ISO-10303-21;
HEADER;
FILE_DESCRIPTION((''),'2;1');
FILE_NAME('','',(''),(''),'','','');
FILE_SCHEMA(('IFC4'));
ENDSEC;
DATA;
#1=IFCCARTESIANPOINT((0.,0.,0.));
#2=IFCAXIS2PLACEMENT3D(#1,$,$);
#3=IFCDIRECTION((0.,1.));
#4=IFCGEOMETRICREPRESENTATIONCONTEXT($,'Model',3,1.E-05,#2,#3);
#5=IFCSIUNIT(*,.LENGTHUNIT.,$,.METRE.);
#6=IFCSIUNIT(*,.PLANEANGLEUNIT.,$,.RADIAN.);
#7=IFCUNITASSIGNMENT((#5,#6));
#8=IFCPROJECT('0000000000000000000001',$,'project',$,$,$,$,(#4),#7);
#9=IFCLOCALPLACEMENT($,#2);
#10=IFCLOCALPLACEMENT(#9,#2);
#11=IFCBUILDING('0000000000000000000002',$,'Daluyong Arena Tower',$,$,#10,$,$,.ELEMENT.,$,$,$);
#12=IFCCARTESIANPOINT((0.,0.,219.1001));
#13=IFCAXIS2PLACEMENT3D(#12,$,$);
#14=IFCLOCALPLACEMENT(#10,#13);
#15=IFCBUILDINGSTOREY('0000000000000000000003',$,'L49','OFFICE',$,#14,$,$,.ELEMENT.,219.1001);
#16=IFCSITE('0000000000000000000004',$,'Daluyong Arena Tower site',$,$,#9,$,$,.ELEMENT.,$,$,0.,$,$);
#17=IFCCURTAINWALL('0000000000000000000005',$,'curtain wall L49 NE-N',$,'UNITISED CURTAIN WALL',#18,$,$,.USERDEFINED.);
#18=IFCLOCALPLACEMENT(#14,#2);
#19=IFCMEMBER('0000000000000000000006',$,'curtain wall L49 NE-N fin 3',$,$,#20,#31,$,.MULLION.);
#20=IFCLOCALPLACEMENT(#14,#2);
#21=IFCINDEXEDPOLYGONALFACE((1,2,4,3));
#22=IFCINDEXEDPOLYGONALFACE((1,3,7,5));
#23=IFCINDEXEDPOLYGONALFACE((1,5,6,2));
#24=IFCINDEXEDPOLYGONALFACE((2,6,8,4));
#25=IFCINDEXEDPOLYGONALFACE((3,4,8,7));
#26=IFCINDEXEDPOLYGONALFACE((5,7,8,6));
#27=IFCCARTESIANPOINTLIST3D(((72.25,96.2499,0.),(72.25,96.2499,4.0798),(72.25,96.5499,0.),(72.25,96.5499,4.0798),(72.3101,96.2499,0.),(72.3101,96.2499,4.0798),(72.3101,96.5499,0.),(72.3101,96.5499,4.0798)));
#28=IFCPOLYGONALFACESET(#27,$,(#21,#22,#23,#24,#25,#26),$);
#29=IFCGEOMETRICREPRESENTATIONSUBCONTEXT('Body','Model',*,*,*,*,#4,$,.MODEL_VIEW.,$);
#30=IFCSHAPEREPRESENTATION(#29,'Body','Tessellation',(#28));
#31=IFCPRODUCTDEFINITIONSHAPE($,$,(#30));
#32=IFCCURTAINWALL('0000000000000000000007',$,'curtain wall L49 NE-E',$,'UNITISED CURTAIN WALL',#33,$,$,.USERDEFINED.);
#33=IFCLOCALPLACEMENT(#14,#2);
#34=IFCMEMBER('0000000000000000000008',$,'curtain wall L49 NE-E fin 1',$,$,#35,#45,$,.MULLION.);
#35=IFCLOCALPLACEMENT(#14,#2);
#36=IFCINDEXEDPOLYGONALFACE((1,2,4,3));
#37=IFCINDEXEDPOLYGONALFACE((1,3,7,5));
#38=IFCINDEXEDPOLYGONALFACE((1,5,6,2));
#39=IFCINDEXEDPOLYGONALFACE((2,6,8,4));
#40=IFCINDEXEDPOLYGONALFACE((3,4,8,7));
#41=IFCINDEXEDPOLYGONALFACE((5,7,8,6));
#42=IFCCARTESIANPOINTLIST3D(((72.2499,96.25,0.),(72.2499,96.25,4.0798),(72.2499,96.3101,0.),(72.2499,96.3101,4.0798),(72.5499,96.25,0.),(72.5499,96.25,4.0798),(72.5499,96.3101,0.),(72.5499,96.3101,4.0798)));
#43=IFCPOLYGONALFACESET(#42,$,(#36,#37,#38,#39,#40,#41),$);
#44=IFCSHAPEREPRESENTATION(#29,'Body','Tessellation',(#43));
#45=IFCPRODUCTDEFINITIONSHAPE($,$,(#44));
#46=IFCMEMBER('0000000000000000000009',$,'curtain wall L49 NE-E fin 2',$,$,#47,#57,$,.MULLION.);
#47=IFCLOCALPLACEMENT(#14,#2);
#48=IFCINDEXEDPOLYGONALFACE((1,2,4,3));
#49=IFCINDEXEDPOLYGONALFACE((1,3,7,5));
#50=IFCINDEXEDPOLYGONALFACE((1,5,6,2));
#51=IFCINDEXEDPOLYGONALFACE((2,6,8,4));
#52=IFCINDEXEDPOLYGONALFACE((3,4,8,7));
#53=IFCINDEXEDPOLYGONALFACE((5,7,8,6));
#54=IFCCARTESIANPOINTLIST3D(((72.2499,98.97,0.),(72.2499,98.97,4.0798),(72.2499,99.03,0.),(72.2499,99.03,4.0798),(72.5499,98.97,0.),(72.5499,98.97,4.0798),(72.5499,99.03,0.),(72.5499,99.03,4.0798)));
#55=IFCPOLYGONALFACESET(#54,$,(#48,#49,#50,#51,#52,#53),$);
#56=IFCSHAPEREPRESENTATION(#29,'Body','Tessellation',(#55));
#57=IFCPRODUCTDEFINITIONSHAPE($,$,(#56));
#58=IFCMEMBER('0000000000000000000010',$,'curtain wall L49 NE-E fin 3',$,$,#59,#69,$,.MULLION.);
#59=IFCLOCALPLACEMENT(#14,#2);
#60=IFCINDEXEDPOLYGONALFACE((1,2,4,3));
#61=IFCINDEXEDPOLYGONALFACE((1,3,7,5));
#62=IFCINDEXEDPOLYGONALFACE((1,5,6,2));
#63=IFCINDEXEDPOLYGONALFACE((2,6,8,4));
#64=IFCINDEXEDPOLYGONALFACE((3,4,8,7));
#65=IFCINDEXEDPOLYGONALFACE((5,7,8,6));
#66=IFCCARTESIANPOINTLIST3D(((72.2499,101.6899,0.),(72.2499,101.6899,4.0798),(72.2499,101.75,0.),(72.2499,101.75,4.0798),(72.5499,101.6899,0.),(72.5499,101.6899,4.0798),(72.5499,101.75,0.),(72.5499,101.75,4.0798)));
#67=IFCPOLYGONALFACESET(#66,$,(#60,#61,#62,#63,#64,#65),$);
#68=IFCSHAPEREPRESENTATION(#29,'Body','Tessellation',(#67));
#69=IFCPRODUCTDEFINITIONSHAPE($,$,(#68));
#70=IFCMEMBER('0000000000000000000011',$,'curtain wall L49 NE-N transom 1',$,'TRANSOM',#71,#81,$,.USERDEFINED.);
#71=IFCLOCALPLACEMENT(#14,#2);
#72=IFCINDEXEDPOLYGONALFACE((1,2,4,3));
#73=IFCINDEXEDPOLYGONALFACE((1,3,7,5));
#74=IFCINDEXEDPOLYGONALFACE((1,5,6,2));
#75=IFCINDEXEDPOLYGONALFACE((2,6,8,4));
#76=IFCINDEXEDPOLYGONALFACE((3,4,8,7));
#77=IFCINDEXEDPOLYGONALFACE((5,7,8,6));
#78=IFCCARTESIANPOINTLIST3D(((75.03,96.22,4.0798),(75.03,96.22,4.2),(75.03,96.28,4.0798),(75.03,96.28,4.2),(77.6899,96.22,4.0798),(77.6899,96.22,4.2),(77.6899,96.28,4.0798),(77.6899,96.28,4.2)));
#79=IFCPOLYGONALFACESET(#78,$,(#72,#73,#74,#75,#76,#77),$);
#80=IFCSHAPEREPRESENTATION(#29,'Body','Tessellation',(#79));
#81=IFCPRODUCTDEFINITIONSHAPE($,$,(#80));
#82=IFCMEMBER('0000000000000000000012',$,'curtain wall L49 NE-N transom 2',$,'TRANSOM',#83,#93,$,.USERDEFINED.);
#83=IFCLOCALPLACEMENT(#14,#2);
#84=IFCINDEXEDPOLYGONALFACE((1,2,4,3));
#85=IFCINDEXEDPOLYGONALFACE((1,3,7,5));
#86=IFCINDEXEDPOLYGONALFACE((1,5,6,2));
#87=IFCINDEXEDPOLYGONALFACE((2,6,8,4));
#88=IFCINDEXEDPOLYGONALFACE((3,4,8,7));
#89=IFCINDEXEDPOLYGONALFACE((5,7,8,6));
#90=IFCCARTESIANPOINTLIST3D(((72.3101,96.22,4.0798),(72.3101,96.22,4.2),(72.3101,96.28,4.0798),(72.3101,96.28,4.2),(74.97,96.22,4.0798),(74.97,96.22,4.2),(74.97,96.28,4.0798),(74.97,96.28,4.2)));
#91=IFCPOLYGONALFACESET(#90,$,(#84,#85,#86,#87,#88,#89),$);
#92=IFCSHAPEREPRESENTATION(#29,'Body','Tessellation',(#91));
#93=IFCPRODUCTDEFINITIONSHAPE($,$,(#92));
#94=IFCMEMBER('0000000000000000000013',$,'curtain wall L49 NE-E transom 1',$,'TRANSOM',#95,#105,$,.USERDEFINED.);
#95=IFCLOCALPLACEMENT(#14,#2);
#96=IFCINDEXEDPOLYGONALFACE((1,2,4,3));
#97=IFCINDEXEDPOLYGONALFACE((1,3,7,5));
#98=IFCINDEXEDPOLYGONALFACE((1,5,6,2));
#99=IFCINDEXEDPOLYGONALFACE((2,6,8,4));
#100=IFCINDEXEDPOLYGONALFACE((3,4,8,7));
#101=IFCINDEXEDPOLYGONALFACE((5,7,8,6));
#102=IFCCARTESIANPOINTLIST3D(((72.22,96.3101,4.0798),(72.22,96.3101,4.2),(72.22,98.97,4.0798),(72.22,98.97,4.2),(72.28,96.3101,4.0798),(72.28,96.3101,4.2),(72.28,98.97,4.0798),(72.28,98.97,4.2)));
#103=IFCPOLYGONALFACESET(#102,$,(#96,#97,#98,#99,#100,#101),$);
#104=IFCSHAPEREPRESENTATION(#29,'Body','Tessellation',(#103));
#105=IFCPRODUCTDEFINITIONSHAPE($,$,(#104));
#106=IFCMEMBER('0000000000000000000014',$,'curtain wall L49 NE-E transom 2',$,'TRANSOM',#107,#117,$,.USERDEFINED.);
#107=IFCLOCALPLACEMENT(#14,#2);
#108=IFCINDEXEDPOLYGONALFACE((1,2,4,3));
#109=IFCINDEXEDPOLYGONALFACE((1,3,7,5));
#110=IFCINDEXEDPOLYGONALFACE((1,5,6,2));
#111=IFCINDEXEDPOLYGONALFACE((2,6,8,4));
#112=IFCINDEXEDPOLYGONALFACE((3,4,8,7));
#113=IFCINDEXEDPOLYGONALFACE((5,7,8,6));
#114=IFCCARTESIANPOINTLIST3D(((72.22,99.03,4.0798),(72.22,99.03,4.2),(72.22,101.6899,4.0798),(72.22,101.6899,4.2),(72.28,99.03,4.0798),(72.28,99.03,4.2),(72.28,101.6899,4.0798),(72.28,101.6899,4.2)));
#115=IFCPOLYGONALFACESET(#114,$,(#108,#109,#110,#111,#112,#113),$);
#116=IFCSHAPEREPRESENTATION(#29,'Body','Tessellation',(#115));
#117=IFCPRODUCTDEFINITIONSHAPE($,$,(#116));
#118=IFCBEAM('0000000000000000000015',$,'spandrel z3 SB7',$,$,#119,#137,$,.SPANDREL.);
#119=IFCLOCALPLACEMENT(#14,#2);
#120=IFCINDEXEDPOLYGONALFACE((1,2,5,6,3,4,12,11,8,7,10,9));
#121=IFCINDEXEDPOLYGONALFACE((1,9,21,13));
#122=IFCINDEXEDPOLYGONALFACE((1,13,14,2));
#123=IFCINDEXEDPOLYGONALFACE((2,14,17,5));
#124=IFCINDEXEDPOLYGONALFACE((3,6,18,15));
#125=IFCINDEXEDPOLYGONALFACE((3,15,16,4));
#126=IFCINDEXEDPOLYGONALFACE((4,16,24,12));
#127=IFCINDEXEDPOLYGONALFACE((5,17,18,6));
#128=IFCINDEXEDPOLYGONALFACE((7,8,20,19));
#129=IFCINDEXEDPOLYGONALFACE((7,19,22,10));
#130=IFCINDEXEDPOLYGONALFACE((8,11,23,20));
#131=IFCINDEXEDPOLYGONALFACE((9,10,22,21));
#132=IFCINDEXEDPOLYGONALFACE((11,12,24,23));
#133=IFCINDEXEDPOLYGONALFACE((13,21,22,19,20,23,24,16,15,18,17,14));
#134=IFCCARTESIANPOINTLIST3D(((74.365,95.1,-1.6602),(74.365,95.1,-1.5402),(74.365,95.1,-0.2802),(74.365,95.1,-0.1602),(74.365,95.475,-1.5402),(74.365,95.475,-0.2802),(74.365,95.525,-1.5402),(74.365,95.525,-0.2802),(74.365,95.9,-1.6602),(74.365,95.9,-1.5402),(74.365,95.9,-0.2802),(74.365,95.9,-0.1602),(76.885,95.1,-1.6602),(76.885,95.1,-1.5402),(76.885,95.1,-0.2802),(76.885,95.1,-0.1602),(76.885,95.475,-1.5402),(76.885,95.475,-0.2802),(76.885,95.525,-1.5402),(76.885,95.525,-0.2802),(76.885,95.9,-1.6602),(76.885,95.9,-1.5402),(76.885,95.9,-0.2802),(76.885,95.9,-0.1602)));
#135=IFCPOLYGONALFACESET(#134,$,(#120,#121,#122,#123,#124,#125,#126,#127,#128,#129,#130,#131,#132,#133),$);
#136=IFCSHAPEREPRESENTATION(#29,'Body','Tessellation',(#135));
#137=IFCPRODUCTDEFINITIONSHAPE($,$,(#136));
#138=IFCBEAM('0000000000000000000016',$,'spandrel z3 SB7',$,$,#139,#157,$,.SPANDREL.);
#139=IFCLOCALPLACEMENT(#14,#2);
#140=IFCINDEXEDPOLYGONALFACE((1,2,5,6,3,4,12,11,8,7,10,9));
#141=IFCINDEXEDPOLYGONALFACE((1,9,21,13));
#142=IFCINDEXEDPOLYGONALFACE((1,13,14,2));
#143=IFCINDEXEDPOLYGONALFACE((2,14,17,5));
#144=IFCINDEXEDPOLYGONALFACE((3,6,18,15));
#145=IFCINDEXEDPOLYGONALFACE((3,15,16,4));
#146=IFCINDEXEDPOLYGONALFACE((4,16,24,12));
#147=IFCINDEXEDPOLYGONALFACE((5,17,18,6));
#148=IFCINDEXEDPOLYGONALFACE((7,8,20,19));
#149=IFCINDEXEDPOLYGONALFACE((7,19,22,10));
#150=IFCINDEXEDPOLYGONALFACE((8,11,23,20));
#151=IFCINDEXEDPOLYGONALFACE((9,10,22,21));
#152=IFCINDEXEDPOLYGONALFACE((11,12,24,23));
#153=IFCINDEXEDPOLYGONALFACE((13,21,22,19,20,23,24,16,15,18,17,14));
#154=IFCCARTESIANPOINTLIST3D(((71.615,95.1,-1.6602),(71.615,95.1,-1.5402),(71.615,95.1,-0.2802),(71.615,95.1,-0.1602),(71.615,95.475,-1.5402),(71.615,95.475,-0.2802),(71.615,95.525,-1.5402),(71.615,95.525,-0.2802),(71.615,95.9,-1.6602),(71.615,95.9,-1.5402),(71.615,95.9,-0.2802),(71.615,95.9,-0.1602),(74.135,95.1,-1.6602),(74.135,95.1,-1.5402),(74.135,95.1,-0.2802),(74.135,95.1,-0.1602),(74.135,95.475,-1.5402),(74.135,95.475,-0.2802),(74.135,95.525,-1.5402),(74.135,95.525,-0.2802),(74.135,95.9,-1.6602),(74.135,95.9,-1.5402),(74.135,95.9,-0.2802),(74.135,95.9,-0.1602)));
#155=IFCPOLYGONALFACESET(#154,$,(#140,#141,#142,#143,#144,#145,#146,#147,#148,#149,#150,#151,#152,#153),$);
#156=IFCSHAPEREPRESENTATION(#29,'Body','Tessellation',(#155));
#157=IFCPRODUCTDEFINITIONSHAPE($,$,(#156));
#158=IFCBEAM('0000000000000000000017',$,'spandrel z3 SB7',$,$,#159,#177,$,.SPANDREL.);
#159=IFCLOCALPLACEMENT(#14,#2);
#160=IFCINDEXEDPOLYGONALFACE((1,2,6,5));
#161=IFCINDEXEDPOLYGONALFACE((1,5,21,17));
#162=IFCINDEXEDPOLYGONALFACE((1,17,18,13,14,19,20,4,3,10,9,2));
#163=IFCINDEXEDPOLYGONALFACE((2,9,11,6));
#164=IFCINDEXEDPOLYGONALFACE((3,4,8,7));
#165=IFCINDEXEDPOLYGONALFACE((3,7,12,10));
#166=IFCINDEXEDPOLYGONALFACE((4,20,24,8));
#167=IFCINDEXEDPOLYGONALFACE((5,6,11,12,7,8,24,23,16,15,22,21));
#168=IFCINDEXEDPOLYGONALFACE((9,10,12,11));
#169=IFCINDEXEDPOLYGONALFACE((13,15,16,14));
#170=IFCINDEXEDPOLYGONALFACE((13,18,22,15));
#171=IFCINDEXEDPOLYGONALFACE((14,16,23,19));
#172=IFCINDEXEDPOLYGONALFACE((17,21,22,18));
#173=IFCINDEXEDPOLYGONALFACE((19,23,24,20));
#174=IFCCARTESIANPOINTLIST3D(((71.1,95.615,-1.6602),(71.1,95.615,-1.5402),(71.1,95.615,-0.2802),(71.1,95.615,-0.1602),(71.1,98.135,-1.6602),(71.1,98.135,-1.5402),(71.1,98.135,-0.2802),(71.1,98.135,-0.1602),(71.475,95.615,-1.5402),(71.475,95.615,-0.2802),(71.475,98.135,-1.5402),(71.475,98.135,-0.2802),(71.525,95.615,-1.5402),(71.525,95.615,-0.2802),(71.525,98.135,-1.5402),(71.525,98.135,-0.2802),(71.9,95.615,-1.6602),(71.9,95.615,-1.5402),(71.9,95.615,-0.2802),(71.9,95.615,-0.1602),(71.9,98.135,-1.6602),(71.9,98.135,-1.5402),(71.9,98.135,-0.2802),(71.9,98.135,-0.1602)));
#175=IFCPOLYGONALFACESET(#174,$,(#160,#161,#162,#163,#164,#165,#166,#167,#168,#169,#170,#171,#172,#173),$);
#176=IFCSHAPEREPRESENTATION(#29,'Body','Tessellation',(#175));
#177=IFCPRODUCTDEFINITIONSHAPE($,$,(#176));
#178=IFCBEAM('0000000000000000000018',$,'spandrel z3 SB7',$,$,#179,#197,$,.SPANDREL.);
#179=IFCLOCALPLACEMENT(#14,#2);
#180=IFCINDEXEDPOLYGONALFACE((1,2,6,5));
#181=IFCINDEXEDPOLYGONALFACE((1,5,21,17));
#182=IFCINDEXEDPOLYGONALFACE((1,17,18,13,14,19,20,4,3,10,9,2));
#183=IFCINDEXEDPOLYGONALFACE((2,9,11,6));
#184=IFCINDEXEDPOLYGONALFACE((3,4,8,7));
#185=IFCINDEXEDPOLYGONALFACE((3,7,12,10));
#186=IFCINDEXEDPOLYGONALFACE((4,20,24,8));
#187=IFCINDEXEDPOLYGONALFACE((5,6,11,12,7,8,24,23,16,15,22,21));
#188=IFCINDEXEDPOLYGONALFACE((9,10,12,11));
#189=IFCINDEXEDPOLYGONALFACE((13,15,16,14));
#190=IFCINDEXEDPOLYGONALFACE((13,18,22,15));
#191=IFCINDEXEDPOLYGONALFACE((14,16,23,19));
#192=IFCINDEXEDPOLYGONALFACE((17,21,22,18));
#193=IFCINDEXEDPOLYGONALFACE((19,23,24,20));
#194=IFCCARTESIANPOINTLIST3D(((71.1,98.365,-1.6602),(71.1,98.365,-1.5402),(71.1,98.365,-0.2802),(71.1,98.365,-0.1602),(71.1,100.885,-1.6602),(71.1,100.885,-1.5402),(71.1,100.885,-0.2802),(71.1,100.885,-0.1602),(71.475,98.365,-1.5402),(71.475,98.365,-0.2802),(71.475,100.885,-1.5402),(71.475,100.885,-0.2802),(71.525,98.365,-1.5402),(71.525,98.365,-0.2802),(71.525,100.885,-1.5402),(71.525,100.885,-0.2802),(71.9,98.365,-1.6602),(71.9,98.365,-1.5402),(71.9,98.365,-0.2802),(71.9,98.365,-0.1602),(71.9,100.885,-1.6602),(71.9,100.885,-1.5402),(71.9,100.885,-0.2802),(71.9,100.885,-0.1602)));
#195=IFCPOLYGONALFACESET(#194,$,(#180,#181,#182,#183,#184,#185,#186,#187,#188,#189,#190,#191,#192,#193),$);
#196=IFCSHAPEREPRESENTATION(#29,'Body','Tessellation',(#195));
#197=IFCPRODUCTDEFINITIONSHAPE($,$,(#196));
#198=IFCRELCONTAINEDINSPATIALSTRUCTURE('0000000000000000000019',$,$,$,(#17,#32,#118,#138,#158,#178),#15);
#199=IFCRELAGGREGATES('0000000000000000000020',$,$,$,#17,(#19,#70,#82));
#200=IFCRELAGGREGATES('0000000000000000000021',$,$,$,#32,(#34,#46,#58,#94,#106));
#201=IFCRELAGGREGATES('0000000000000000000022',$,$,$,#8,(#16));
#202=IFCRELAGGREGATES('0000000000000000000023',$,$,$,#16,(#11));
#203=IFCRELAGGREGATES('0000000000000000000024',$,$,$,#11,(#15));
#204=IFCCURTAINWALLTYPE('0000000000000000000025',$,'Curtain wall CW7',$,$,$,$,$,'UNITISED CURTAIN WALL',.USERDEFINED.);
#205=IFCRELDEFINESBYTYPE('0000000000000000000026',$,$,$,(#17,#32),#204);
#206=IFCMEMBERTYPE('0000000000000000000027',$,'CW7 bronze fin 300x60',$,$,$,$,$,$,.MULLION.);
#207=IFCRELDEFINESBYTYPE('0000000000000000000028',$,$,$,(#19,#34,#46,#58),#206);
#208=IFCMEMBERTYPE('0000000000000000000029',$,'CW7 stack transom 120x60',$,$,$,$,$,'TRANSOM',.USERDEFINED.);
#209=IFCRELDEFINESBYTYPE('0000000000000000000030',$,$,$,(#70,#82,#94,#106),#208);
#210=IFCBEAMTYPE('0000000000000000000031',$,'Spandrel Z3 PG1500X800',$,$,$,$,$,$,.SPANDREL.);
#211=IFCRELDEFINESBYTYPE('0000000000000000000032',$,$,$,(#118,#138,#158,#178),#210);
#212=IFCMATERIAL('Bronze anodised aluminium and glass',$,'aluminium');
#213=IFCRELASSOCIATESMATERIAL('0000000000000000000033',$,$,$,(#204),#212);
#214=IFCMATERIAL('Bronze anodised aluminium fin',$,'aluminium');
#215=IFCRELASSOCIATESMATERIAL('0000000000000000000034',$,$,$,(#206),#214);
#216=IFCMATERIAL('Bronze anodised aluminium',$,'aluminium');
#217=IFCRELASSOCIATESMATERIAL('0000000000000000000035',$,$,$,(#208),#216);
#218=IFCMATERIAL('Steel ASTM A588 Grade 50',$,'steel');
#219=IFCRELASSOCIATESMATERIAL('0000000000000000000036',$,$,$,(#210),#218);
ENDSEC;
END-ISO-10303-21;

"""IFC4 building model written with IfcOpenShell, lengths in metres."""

from ifc_helpers import new_model, si_unit, direction, frame, origin, origin_2d, place, context, subcontext, project, spatial, rectangle, i_section, extrude, material, material_profile, profile_set, type_object, element, aggregate, save


model = new_model("IFC4")

# Units and contexts
model_context = context("Model", 3, precision=1e-05, world=origin(), true_north=direction((0.0, 1.0)))
body_context = subcontext(model_context, "Body", "Model", "MODEL_VIEW")
ifc_project = project(units=[si_unit("LENGTHUNIT", "METRE"), si_unit("PLANEANGLEUNIT", "RADIAN")], contexts=[model_context])

# Site, building, storey
site_placement = place(None, origin())
site = spatial("IfcSite", under=ifc_project, at=site_placement, Name="Daluyong Arena Tower site", CompositionType="ELEMENT", RefElevation=0.0)
building_placement = place(site_placement, origin())
building = spatial("IfcBuilding", under=site, at=building_placement, Name="Daluyong Arena Tower", CompositionType="ELEMENT")
storey_placement = place(building_placement, frame((0.0, 0.0, 219.1001)))
storey = spatial("IfcBuildingStorey", under=building, at=storey_placement, Name="L49", Description="OFFICE", CompositionType="ELEMENT", Elevation=219.1001)

# Curtain walls, members
ifc_material_1 = material(Name="Bronze anodised aluminium and glass", Category="aluminium")
curtain_wall_type_1 = type_object("IfcCurtainWallType", Name="Curtain wall CW7", ElementType="UNITISED CURTAIN WALL", PredefinedType="USERDEFINED", material=ifc_material_1)
curtain_wall_1_placement = place(storey_placement, origin())
curtain_wall_1 = element("IfcCurtainWall", 1, at=curtain_wall_1_placement, inside=storey, type_object=curtain_wall_type_1, Name="curtain wall L49 NE-N", ObjectType="UNITISED CURTAIN WALL", PredefinedType="USERDEFINED")
ifc_material_2 = material(Name="Bronze anodised aluminium fin", Category="aluminium")
ifc_material_profile_1 = material_profile(ifc_material_2, rectangle(XDim=0.3, YDim=0.0601, at=origin_2d()))
ifc_profile_set_1 = profile_set([ifc_material_profile_1], Name="Bronze anodised aluminium fin")
member_type_1 = type_object("IfcMemberType", Name="CW7 bronze fin 300x60", PredefinedType="MULLION", material=ifc_profile_set_1)
member_1_placement = place(storey_placement, frame((72.28, 96.3999, 0.0), z_axis=(0.0, 0.0, 1.0), x_axis=(0.0, -1.0, 0.0)))
member_1 = element("IfcMember", 2, at=member_1_placement, type_object=member_type_1, Name="curtain wall L49 NE-N fin 3", PredefinedType="MULLION", context=body_context, shape_type="SweptSolid", body=[
    extrude(rectangle(XDim=0.3, YDim=0.0601, at=origin_2d()), origin(), (0.0, 0.0, 1.0), 4.0798),
])
curtain_wall_2_placement = place(storey_placement, origin())
curtain_wall_2 = element("IfcCurtainWall", 3, at=curtain_wall_2_placement, inside=storey, type_object=curtain_wall_type_1, Name="curtain wall L49 NE-E", ObjectType="UNITISED CURTAIN WALL", PredefinedType="USERDEFINED")
member_2_placement = place(storey_placement, frame((72.3999, 96.28, 0.0), z_axis=(0.0, 0.0, 1.0), x_axis=(-1.0, 0.0, 0.0)))
member_2 = element("IfcMember", 4, at=member_2_placement, type_object=member_type_1, Name="curtain wall L49 NE-E fin 1", PredefinedType="MULLION", context=body_context, shape_type="SweptSolid", body=[
    extrude(rectangle(XDim=0.3, YDim=0.0601, at=origin_2d()), origin(), (0.0, 0.0, 1.0), 4.0798),
])
member_3_placement = place(storey_placement, frame((72.3999, 99.0, 0.0), z_axis=(0.0, 0.0, 1.0), x_axis=(-1.0, 0.0, 0.0)))
member_3 = element("IfcMember", 5, at=member_3_placement, type_object=member_type_1, Name="curtain wall L49 NE-E fin 2", PredefinedType="MULLION", context=body_context, shape_type="SweptSolid", body=[
    extrude(rectangle(XDim=0.3, YDim=0.0601, at=origin_2d()), origin(), (0.0, 0.0, 1.0), 4.0798),
])
member_4_placement = place(storey_placement, frame((72.3999, 101.72, 0.0), z_axis=(0.0, 0.0, 1.0), x_axis=(-1.0, 0.0, 0.0)))
member_4 = element("IfcMember", 6, at=member_4_placement, type_object=member_type_1, Name="curtain wall L49 NE-E fin 3", PredefinedType="MULLION", context=body_context, shape_type="SweptSolid", body=[
    extrude(rectangle(XDim=0.3, YDim=0.0601, at=origin_2d()), origin(), (0.0, 0.0, 1.0), 4.0798),
])

# Members
ifc_material_3 = material(Name="Bronze anodised aluminium", Category="aluminium")
ifc_material_profile_2 = material_profile(ifc_material_3, rectangle(XDim=0.0601, YDim=0.1201, at=origin_2d()))
ifc_profile_set_2 = profile_set([ifc_material_profile_2], Name="Bronze anodised aluminium")
member_type_2 = type_object("IfcMemberType", Name="CW7 stack transom 120x60", ElementType="TRANSOM", PredefinedType="USERDEFINED", material=ifc_profile_set_2)
member_5_placement = place(storey_placement, frame((77.6899, 96.25, 4.1399), z_axis=(-1.0, 0.0, 0.0), x_axis=(0.0, -1.0, 0.0)))
member_5 = element("IfcMember", 7, at=member_5_placement, type_object=member_type_2, Name="curtain wall L49 NE-N transom 1", ObjectType="TRANSOM", PredefinedType="USERDEFINED", context=body_context, shape_type="SweptSolid", body=[
    extrude(rectangle(XDim=0.0601, YDim=0.1201, at=origin_2d()), origin(), (0.0, 0.0, 1.0), 2.6599),
])
member_6_placement = place(storey_placement, frame((74.97, 96.25, 4.1399), z_axis=(-1.0, 0.0, 0.0), x_axis=(0.0, -1.0, 0.0)))
member_6 = element("IfcMember", 8, at=member_6_placement, type_object=member_type_2, Name="curtain wall L49 NE-N transom 2", ObjectType="TRANSOM", PredefinedType="USERDEFINED", context=body_context, shape_type="SweptSolid", body=[
    extrude(rectangle(XDim=0.0601, YDim=0.1201, at=origin_2d()), origin(), (0.0, 0.0, 1.0), 2.6599),
])
member_7_placement = place(storey_placement, frame((72.25, 96.3101, 4.1399), z_axis=(0.0, 1.0, 0.0), x_axis=(-1.0, 0.0, 0.0)))
member_7 = element("IfcMember", 9, at=member_7_placement, type_object=member_type_2, Name="curtain wall L49 NE-E transom 1", ObjectType="TRANSOM", PredefinedType="USERDEFINED", context=body_context, shape_type="SweptSolid", body=[
    extrude(rectangle(XDim=0.0601, YDim=0.1201, at=origin_2d()), origin(), (0.0, 0.0, 1.0), 2.6599),
])
member_8_placement = place(storey_placement, frame((72.25, 99.03, 4.1399), z_axis=(0.0, 1.0, 0.0), x_axis=(-1.0, 0.0, 0.0)))
member_8 = element("IfcMember", 10, at=member_8_placement, type_object=member_type_2, Name="curtain wall L49 NE-E transom 2", ObjectType="TRANSOM", PredefinedType="USERDEFINED", context=body_context, shape_type="SweptSolid", body=[
    extrude(rectangle(XDim=0.0601, YDim=0.1201, at=origin_2d()), origin(), (0.0, 0.0, 1.0), 2.6599),
])

# Beams
ifc_material_4 = material(Name="Steel ASTM A588 Grade 50", Category="steel")
ifc_material_profile_3 = material_profile(ifc_material_4, i_section(OverallWidth=0.8, OverallDepth=1.5, WebThickness=0.05, FlangeThickness=0.12, at=origin_2d()))
ifc_profile_set_3 = profile_set([ifc_material_profile_3], Name="Steel ASTM A588 Grade 50")
beam_type = type_object("IfcBeamType", Name="Spandrel Z3 PG1500X800", PredefinedType="SPANDREL", material=ifc_profile_set_3)
for number, where, z_axis, x_axis, name in (
    (11, (76.885, 95.5, -0.9102), (-1.0, 0.0, 0.0), (0.0, -1.0, 0.0), "spandrel z3 SB7"),
    (12, (74.135, 95.5, -0.9102), (-1.0, 0.0, 0.0), (0.0, -1.0, 0.0), "spandrel z3 SB7"),
    (13, (71.5, 95.615, -0.9102), (0.0, 1.0, 0.0), (-1.0, 0.0, 0.0), "spandrel z3 SB7"),
    (14, (71.5, 98.365, -0.9102), (0.0, 1.0, 0.0), (-1.0, 0.0, 0.0), "spandrel z3 SB7"),
):
    element("IfcBeam", number, at=place(storey_placement, frame(where, z_axis=z_axis, x_axis=x_axis)), inside=storey, type_object=beam_type, Name=name, PredefinedType="SPANDREL", context=body_context, shape_type="SweptSolid", body=[
        extrude(i_section(OverallWidth=0.8, OverallDepth=1.5, WebThickness=0.05, FlangeThickness=0.12, at=origin_2d()), origin(), (0.0, 0.0, 1.0), 2.52),
    ])

aggregate(curtain_wall_1, [member_1, member_5, member_6])
aggregate(curtain_wall_2, [member_2, member_3, member_4, member_7, member_8])

save(model, "model.ifc")
